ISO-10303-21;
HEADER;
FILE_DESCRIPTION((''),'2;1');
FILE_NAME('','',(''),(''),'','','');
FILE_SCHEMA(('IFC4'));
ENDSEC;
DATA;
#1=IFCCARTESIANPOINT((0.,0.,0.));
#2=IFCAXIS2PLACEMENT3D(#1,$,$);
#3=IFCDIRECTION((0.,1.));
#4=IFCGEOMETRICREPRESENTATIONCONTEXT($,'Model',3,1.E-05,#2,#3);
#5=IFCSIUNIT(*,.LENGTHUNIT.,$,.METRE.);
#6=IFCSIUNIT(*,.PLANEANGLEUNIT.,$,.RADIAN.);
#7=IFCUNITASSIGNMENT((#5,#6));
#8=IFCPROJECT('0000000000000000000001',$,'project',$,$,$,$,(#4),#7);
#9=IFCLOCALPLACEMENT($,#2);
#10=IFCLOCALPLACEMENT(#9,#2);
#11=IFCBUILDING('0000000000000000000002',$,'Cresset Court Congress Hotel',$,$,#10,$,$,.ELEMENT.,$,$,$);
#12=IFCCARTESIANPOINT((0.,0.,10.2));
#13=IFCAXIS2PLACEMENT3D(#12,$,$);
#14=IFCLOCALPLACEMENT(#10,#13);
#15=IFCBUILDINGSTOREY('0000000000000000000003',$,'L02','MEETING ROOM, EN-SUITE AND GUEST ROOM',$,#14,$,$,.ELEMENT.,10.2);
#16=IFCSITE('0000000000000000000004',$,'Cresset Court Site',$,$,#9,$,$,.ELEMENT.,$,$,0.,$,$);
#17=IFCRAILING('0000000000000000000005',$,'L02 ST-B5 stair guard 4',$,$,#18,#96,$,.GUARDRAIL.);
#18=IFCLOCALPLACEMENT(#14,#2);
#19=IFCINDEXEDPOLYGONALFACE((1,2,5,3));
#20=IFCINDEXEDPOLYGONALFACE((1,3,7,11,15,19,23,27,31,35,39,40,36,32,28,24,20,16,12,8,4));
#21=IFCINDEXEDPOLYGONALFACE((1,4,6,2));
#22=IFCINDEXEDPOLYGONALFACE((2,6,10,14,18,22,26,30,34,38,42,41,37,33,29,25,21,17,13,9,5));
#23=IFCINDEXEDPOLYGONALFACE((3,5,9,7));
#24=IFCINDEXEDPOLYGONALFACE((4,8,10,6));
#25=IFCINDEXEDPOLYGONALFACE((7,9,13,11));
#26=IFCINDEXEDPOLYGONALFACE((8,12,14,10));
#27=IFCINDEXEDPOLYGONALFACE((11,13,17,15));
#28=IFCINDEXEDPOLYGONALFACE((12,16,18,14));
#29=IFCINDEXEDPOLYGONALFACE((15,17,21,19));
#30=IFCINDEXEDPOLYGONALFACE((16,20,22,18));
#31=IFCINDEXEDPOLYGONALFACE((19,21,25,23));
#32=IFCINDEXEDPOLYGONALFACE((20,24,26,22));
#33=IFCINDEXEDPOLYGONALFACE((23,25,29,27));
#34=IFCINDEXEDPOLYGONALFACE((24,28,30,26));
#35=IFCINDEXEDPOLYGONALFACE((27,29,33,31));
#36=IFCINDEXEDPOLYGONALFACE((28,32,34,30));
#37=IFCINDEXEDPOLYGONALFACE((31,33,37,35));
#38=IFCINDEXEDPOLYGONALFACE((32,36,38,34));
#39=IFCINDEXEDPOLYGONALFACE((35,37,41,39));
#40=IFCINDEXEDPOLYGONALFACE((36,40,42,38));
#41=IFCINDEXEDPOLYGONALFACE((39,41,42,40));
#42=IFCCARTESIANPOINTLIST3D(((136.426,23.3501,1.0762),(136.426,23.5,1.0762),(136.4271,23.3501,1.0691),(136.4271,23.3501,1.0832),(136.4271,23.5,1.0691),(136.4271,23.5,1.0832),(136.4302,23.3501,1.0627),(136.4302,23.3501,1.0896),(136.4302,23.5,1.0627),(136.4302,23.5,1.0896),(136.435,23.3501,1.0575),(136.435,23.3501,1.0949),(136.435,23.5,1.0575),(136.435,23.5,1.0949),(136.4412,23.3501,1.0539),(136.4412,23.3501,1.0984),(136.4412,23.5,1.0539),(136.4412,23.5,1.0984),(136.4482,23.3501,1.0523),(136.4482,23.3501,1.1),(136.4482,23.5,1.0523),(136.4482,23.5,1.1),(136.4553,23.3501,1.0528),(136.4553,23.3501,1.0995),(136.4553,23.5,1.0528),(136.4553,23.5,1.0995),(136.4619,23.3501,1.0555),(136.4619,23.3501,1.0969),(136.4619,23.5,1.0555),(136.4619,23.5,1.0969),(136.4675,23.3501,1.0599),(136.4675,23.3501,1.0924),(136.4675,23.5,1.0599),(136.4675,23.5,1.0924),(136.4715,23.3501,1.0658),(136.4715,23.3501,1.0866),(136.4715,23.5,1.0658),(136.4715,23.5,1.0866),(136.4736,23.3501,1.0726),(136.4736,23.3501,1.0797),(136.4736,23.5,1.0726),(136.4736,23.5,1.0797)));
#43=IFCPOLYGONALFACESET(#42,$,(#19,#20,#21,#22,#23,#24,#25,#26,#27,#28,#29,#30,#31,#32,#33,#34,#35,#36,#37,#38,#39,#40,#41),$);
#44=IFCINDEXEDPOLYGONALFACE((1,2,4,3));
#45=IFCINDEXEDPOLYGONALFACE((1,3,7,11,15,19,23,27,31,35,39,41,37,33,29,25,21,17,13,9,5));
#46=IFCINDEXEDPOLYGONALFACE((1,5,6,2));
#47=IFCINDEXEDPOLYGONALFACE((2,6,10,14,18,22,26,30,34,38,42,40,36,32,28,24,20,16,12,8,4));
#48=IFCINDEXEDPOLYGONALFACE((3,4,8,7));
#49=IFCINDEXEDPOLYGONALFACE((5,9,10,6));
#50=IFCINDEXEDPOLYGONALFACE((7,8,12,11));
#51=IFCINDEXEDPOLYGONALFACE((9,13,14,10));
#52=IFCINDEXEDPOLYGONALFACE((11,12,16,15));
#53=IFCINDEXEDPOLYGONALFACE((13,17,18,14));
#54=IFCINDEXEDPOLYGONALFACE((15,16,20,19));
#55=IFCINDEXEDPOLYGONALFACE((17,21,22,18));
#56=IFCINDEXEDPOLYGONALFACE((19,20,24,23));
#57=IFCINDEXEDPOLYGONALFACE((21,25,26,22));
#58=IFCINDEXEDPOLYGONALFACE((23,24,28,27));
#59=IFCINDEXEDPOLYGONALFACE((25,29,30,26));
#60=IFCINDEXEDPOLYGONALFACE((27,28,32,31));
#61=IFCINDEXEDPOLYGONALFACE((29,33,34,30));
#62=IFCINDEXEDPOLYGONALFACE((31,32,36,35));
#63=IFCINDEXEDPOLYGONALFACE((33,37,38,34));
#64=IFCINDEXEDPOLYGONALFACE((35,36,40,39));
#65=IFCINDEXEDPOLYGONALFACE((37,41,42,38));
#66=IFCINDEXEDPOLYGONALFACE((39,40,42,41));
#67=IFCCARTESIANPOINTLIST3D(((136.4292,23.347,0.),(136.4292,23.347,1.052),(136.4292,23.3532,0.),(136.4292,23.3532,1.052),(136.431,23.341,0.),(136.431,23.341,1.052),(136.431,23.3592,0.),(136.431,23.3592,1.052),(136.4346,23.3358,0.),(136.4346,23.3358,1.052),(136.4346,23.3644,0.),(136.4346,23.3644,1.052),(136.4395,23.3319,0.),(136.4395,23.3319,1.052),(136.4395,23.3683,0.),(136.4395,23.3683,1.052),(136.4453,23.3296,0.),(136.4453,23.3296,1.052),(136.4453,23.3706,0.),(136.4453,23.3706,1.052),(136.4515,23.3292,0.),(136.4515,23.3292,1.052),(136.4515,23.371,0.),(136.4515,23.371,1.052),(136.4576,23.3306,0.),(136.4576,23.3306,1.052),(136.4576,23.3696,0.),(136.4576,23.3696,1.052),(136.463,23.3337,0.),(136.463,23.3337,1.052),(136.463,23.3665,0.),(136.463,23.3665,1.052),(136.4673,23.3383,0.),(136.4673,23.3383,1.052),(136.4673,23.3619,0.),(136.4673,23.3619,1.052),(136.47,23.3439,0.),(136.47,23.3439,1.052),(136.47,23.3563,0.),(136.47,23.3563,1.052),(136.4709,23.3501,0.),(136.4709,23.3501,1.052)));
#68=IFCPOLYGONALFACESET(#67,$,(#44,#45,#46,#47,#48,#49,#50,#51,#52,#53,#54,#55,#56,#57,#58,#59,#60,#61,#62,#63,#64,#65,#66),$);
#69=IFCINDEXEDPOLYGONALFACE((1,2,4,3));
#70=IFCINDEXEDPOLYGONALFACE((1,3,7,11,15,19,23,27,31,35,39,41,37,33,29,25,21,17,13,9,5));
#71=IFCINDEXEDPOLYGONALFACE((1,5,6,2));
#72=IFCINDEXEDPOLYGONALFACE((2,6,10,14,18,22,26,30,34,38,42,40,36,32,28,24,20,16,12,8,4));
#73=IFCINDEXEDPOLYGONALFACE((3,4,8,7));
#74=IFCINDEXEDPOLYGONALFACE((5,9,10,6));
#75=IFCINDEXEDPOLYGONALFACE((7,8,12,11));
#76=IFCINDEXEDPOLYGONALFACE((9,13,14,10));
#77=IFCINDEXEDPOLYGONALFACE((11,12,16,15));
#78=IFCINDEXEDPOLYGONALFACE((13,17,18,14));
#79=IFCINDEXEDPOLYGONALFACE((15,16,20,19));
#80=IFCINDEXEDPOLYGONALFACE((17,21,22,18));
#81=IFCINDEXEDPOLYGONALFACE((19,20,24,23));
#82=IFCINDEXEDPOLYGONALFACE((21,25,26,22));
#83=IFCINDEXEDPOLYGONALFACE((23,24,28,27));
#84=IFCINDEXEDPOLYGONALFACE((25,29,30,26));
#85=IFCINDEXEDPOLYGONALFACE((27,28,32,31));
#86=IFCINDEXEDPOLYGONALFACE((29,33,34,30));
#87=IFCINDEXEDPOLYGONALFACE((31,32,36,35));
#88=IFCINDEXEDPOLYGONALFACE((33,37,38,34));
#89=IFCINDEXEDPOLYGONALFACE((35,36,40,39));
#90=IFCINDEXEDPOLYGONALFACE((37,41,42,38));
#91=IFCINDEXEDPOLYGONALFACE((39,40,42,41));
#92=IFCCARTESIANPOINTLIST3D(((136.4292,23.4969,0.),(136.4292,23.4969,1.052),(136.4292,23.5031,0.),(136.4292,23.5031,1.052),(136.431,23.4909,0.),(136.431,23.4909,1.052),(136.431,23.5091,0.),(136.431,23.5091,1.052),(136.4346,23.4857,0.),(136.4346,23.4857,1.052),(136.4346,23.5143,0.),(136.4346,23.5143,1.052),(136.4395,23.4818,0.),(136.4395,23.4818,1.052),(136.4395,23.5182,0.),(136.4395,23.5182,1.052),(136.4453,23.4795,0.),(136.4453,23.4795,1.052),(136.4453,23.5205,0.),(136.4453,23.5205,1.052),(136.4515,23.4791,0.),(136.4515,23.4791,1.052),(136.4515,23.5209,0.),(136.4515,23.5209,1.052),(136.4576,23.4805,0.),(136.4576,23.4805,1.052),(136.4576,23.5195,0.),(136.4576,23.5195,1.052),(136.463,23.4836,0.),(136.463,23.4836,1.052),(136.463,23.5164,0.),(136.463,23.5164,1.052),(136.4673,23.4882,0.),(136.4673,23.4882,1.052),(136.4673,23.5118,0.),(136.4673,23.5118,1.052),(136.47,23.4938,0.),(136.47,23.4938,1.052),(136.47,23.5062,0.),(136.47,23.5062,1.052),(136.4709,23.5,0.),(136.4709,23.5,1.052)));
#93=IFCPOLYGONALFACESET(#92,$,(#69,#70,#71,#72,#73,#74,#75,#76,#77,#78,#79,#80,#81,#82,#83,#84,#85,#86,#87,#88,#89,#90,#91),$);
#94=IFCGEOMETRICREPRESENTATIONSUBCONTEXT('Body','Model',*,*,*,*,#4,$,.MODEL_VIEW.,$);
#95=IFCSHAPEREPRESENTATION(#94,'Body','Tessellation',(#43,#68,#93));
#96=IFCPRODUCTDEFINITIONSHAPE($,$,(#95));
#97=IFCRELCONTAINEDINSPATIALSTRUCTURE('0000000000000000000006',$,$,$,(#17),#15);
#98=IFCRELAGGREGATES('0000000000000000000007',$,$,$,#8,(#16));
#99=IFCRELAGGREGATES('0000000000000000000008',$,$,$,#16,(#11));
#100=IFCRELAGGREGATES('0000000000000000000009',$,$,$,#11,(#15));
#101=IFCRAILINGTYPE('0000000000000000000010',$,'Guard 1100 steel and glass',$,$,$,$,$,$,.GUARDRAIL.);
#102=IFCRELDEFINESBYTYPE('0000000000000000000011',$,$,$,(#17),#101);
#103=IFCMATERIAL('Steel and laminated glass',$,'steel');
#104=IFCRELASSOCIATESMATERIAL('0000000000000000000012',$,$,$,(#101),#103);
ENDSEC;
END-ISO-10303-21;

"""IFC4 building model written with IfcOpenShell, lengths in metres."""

from ifc_helpers import new_model, si_unit, direction, frame, origin, origin_2d, place, context, subcontext, project, spatial, circle, extrude, material, type_object, element, save


model = new_model("IFC4")

# Units and contexts
model_context = context("Model", 3, precision=1e-05, world=origin(), true_north=direction((0.0, 1.0)))
body_context = subcontext(model_context, "Body", "Model", "MODEL_VIEW")
ifc_project = project(units=[si_unit("LENGTHUNIT", "METRE"), si_unit("PLANEANGLEUNIT", "RADIAN")], contexts=[model_context])

# Site, building, storey
site_placement = place(None, origin())
site = spatial("IfcSite", under=ifc_project, at=site_placement, Name="Cresset Court Site", CompositionType="ELEMENT", RefElevation=0.0)
building_placement = place(site_placement, origin())
building = spatial("IfcBuilding", under=site, at=building_placement, Name="Cresset Court Congress Hotel", CompositionType="ELEMENT")
storey_placement = place(building_placement, frame((0.0, 0.0, 10.2)))
storey = spatial("IfcBuildingStorey", under=building, at=storey_placement, Name="L02", Description="MEETING ROOM, EN-SUITE AND GUEST ROOM", CompositionType="ELEMENT", Elevation=10.2)

# Railing
ifc_material_1 = material(Name="Steel and laminated glass", Category="steel")
railing_type_1 = type_object("IfcRailingType", Name="Guard 1100 steel and glass", PredefinedType="GUARDRAIL", material=ifc_material_1)
railing_1_placement = place(storey_placement, frame((136.45, 23.3501, 0.0)))
element("IfcRailing", 1, at=railing_1_placement, inside=storey, type_object=railing_type_1, Name="L02 ST-B5 stair guard 4", PredefinedType="GUARDRAIL", context=body_context, shape_type="SweptSolid", body=[
    extrude(circle(Radius=0.0239, at=origin_2d()), frame((0.0, 0.0, 1.0762), z_axis=(0.0, 1.0, 0.0), x_axis=(-1.0, 0.0, 0.0)), (0.0, 0.0, 1.0), 0.1499),
    extrude(circle(Radius=0.021, at=origin_2d()), origin(), (0.0, 0.0, 1.0), 1.052),
    extrude(circle(Radius=0.021, at=origin_2d()), frame((0.0, 0.1499, 0.0)), (0.0, 0.0, 1.0), 1.052),
])

save(model, "model.ifc")
